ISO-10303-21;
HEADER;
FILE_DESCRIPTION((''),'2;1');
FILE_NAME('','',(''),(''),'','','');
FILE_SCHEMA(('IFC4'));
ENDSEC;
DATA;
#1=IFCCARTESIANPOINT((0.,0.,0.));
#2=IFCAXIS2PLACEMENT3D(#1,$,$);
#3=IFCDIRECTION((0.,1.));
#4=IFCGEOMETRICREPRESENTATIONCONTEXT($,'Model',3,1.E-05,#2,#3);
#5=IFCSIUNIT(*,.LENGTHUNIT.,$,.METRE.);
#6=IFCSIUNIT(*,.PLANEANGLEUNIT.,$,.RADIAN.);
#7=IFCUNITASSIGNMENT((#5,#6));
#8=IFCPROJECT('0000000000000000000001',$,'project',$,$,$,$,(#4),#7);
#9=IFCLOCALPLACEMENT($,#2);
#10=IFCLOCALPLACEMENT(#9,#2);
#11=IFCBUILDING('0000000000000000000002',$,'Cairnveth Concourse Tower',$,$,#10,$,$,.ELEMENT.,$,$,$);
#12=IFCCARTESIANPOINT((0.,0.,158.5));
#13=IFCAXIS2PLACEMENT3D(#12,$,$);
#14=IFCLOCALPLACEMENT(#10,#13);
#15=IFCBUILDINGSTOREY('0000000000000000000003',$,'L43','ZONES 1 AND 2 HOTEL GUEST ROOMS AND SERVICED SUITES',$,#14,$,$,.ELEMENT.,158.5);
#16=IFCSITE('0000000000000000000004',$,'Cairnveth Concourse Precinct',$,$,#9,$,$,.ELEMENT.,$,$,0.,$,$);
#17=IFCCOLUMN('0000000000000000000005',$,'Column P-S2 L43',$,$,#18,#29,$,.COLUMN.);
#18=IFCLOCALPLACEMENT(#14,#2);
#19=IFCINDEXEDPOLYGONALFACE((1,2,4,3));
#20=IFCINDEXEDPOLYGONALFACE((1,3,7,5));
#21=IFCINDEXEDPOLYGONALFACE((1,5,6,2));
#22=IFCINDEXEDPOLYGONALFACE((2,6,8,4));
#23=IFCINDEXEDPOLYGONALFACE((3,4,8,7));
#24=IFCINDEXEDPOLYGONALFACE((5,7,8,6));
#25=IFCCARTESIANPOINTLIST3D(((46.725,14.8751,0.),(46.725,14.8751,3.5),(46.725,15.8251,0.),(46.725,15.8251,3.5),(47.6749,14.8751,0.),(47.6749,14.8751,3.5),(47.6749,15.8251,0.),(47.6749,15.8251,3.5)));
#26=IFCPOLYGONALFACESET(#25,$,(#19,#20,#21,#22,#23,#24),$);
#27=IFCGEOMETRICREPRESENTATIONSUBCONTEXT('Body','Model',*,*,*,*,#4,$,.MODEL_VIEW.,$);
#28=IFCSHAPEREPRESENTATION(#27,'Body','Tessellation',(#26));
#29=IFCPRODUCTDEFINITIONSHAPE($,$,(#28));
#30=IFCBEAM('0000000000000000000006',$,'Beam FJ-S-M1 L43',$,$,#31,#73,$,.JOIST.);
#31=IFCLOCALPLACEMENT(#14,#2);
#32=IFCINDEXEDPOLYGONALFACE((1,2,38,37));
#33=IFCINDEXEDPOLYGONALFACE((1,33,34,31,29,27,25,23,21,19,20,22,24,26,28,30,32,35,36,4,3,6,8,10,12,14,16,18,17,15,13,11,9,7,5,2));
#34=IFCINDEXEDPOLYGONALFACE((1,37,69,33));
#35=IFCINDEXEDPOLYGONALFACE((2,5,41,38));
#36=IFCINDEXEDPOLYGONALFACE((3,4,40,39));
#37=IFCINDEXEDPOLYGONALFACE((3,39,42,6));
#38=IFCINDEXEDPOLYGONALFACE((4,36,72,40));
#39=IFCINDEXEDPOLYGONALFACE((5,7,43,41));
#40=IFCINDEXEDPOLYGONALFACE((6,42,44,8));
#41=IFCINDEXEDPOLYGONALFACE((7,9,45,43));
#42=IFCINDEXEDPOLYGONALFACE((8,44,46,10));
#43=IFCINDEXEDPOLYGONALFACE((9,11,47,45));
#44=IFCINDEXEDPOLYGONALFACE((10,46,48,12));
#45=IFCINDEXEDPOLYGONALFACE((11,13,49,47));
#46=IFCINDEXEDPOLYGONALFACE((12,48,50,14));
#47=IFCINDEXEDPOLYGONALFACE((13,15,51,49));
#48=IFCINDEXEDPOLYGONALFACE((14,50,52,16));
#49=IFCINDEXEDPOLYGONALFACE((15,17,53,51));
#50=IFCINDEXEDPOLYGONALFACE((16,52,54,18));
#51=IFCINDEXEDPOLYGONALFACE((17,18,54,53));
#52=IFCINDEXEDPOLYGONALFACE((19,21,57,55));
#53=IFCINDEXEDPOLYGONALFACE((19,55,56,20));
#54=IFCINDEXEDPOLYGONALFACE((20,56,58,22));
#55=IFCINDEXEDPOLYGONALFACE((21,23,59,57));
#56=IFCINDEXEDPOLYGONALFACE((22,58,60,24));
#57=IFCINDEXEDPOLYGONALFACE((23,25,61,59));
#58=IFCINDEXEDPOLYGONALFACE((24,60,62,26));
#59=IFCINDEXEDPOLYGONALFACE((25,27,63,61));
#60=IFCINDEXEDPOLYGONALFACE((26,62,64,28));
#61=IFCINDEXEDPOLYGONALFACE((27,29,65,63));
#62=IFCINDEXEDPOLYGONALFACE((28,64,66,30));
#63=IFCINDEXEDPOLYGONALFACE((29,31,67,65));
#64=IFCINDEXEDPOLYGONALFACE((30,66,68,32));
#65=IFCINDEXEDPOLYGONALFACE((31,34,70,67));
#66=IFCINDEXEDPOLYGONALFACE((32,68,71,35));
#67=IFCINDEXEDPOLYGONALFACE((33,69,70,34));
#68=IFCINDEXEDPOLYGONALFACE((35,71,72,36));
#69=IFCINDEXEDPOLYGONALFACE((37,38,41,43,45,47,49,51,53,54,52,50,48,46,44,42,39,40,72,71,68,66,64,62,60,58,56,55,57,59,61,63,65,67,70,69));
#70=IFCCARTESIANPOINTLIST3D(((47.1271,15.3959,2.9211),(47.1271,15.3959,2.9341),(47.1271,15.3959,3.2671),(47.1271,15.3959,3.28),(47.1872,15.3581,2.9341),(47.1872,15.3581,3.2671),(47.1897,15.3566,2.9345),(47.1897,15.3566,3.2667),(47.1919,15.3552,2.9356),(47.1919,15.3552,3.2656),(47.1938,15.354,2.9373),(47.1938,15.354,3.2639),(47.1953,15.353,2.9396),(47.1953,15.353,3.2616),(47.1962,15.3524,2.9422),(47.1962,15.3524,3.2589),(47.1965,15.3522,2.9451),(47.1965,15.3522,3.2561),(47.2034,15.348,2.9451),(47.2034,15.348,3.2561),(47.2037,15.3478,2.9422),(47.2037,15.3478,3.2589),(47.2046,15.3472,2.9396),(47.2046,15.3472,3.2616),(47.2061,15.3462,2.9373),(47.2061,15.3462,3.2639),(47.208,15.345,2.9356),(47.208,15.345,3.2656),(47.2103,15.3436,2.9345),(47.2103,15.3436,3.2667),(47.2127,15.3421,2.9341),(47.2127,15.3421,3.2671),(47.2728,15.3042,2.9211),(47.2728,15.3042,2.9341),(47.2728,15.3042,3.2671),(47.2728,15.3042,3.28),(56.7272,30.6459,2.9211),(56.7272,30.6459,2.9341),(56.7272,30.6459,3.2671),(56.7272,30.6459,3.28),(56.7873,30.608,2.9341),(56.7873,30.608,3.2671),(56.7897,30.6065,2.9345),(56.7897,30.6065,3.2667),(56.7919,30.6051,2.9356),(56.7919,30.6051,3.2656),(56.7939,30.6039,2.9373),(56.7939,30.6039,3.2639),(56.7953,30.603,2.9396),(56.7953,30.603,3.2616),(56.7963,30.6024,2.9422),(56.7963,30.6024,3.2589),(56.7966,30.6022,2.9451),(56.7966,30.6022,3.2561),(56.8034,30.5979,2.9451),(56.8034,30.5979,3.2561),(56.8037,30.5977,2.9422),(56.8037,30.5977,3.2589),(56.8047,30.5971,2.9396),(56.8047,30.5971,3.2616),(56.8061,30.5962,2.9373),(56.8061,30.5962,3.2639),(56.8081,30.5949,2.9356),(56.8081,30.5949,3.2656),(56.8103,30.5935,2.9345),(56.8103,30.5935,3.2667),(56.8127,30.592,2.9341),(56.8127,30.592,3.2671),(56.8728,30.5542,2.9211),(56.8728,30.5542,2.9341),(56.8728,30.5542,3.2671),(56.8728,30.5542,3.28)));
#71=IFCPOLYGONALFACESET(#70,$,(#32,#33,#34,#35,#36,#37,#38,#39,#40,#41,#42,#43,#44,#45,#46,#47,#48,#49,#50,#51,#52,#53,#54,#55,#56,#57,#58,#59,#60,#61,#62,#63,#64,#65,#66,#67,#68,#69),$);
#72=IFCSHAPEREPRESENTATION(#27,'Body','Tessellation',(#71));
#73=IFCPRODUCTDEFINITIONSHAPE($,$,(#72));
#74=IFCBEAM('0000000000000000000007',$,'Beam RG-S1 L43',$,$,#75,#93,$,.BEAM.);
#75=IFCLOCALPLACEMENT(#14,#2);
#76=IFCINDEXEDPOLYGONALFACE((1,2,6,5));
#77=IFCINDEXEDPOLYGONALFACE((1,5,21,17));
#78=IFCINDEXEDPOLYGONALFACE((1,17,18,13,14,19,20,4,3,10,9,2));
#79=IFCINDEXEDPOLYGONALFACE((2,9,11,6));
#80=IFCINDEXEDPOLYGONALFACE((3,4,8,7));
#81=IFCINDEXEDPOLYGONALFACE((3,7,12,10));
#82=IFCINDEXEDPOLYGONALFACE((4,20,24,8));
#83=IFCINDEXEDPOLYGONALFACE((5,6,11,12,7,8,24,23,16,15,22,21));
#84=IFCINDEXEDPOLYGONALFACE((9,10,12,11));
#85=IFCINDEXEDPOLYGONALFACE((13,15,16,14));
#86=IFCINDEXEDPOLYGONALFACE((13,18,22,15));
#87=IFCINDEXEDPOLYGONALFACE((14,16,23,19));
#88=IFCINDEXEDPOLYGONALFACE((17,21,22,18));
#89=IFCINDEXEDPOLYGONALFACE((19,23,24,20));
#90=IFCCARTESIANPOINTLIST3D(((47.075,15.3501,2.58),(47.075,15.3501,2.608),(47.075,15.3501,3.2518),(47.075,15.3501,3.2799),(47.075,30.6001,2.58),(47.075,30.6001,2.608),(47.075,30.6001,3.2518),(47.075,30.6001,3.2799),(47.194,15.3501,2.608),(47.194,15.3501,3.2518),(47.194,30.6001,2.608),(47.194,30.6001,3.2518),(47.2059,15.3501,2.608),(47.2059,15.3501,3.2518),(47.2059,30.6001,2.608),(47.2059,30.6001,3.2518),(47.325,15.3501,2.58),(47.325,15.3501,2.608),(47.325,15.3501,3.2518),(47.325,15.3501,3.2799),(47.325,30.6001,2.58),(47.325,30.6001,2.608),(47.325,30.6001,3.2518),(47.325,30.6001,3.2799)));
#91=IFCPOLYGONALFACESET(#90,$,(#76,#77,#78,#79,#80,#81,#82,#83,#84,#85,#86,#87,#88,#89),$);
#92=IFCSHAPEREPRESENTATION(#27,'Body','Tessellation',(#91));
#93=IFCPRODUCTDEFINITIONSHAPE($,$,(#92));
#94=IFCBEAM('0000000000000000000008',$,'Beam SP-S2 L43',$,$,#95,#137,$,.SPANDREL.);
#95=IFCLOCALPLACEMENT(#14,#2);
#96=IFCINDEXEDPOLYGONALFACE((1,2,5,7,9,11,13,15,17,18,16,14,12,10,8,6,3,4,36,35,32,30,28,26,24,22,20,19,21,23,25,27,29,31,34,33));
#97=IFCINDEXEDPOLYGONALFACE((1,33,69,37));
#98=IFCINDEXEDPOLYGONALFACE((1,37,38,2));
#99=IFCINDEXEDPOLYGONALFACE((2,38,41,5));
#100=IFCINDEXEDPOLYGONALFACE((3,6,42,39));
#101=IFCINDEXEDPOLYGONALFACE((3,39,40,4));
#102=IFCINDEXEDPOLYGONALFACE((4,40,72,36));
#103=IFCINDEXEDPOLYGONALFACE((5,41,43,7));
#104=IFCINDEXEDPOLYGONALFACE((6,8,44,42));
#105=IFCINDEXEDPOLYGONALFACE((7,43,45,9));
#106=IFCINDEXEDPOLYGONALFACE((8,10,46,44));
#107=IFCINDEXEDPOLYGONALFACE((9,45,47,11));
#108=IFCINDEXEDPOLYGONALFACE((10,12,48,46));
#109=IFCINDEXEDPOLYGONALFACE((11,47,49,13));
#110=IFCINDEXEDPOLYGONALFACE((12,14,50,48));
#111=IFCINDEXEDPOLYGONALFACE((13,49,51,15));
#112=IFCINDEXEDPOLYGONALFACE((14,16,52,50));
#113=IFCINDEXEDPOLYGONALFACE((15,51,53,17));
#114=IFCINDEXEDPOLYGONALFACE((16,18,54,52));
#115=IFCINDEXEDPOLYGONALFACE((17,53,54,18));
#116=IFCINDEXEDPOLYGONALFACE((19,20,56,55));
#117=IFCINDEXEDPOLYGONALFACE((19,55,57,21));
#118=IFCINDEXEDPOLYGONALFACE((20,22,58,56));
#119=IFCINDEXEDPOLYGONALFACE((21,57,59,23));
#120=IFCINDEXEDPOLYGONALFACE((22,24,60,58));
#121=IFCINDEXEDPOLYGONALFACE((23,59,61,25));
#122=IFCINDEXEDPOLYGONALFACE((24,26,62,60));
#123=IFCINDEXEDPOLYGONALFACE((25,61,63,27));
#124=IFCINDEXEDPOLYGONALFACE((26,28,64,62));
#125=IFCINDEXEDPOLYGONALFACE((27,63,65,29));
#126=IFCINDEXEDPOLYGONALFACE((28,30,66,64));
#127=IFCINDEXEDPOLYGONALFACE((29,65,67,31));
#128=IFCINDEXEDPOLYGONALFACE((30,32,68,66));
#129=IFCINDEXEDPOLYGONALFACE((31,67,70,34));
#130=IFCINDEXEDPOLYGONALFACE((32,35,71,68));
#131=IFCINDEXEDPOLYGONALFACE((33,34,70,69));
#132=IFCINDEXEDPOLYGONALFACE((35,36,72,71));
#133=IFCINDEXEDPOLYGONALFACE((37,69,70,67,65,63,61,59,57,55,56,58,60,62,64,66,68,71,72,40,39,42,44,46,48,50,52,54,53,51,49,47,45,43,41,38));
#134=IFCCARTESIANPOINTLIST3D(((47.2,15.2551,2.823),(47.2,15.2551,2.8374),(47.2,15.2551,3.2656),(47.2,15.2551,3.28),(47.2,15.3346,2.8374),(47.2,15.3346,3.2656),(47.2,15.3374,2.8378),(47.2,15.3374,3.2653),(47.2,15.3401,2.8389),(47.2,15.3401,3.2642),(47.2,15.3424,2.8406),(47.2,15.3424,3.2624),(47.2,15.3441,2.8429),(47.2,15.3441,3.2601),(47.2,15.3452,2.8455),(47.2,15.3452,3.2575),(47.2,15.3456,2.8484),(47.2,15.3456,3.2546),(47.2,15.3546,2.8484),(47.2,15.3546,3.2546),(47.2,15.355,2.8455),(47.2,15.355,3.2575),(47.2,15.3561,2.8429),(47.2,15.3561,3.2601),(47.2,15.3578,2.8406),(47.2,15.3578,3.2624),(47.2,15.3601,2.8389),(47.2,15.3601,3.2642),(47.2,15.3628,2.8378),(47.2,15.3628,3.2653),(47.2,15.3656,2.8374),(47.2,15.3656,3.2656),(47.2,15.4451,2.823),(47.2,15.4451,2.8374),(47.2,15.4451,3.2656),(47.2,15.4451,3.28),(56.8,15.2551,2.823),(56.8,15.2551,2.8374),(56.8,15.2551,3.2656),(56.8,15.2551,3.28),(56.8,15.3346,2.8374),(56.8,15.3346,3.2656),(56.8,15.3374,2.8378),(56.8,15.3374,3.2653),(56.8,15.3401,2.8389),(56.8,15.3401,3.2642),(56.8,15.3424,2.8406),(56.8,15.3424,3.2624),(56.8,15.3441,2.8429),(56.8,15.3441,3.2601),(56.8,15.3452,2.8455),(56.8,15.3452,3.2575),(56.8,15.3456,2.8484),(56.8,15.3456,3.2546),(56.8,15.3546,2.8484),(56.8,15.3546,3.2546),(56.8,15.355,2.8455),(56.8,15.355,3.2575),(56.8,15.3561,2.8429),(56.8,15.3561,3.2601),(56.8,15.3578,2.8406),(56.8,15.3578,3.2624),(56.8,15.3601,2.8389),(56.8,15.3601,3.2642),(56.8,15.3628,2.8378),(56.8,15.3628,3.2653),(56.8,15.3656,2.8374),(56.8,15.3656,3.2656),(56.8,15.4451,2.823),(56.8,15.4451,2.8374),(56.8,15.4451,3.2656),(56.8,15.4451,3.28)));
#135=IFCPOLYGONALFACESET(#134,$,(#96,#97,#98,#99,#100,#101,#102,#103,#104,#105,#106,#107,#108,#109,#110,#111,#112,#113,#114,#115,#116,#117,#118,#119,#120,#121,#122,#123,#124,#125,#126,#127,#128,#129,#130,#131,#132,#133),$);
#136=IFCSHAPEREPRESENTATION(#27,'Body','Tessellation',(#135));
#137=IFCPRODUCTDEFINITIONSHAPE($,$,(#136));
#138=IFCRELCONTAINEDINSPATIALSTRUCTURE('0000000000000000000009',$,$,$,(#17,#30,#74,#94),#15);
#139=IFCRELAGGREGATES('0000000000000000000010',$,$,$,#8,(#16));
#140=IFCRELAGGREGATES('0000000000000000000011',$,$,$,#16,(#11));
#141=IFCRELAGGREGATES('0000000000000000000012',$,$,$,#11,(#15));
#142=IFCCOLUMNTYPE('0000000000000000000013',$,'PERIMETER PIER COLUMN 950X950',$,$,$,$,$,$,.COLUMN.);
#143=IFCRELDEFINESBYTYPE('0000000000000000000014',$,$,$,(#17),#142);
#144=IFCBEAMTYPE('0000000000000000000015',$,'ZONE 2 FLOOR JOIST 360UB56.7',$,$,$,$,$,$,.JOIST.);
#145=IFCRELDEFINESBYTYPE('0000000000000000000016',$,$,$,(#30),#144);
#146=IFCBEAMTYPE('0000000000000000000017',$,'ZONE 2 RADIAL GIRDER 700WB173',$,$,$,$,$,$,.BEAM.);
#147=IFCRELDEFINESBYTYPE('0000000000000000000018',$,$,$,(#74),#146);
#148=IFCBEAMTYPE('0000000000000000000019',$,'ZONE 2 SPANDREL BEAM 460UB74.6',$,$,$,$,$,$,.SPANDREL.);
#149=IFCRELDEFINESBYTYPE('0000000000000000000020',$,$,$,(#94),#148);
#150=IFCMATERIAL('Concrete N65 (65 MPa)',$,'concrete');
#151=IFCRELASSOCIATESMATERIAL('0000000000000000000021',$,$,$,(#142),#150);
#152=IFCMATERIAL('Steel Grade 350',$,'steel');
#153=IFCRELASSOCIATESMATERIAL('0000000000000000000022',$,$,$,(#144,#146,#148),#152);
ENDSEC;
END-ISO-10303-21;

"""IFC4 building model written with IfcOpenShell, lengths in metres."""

from ifc_helpers import new_model, si_unit, direction, frame, origin, origin_2d, place, context, subcontext, project, spatial, rectangle, i_section, extrude, material, material_profile, profile_set, type_object, element, save


model = new_model("IFC4")

# Units and contexts
model_context = context("Model", 3, precision=1e-05, world=origin(), true_north=direction((0.0, 1.0)))
body_context = subcontext(model_context, "Body", "Model", "MODEL_VIEW")
ifc_project = project(units=[si_unit("LENGTHUNIT", "METRE"), si_unit("PLANEANGLEUNIT", "RADIAN")], contexts=[model_context])

# Site, building, storey
site_placement = place(None, origin())
site = spatial("IfcSite", under=ifc_project, at=site_placement, Name="Cairnveth Concourse Precinct", CompositionType="ELEMENT", RefElevation=0.0)
building_placement = place(site_placement, origin())
building = spatial("IfcBuilding", under=site, at=building_placement, Name="Cairnveth Concourse Tower", CompositionType="ELEMENT")
storey_placement = place(building_placement, frame((0.0, 0.0, 158.5)))
storey = spatial("IfcBuildingStorey", under=building, at=storey_placement, Name="L43", Description="ZONES 1 AND 2 HOTEL GUEST ROOMS AND SERVICED SUITES", CompositionType="ELEMENT", Elevation=158.5)

# Column
ifc_material_1 = material(Name="Concrete N65 (65 MPa)", Category="concrete")
ifc_material_profile_1 = material_profile(ifc_material_1, rectangle(XDim=0.95, YDim=0.95, at=origin_2d()), Name="RC-COL-950x950")
ifc_profile_set_1 = profile_set([ifc_material_profile_1], Name="Concrete N65 (65 MPa)")
column_type = type_object("IfcColumnType", Name="PERIMETER PIER COLUMN 950X950", PredefinedType="COLUMN", material=ifc_profile_set_1)
column_placement = place(storey_placement, frame((47.2, 15.3501, 0.0), z_axis=(0.0, 0.0, 1.0), x_axis=(1.0, 0.0, 0.0)))
element("IfcColumn", 1, at=column_placement, inside=storey, type_object=column_type, Name="Column P-S2 L43", PredefinedType="COLUMN", context=body_context, shape_type="SweptSolid", body=[
    extrude(rectangle(XDim=0.95, YDim=0.95, at=origin_2d()), origin(), (0.0, 0.0, 1.0), 3.5),
])

# Beams
ifc_material_2 = material(Name="Steel Grade 350", Category="steel")
ifc_material_profile_2 = material_profile(ifc_material_2, i_section(OverallWidth=0.1721, OverallDepth=0.3589, WebThickness=0.0081, FlangeThickness=0.0129, FilletRadius=0.011, at=origin_2d()), Name="360UB56.7")
ifc_profile_set_2 = profile_set([ifc_material_profile_2], Name="Steel Grade 350")
beam_type_1 = type_object("IfcBeamType", Name="ZONE 2 FLOOR JOIST 360UB56.7", PredefinedType="JOIST", material=ifc_profile_set_2)
beam_1_placement = place(storey_placement, frame((47.2, 15.3501, 3.1006), z_axis=(0.532744, 0.846277, 0.0), x_axis=(-0.846277, 0.532744, 0.0)))
element("IfcBeam", 2, at=beam_1_placement, inside=storey, type_object=beam_type_1, Name="Beam FJ-S-M1 L43", PredefinedType="JOIST", context=body_context, shape_type="SweptSolid", body=[
    extrude(i_section(OverallWidth=0.1721, OverallDepth=0.3589, WebThickness=0.0081, FlangeThickness=0.0129, FilletRadius=0.011, at=origin_2d()), origin(), (0.0, 0.0, 1.0), 18.02),
])
ifc_material_profile_3 = material_profile(ifc_material_2, i_section(OverallWidth=0.25, OverallDepth=0.7, WebThickness=0.012, FlangeThickness=0.0281, at=origin_2d()), Name="700WB173")
ifc_profile_set_3 = profile_set([ifc_material_profile_3], Name="Steel Grade 350")
beam_type_2 = type_object("IfcBeamType", Name="ZONE 2 RADIAL GIRDER 700WB173", PredefinedType="BEAM", material=ifc_profile_set_3)
beam_2_placement = place(storey_placement, frame((47.2, 15.3501, 2.9299), z_axis=(0.0, 1.0, 0.0), x_axis=(-1.0, 0.0, 0.0)))
element("IfcBeam", 3, at=beam_2_placement, inside=storey, type_object=beam_type_2, Name="Beam RG-S1 L43", PredefinedType="BEAM", context=body_context, shape_type="SweptSolid", body=[
    extrude(i_section(OverallWidth=0.25, OverallDepth=0.7, WebThickness=0.012, FlangeThickness=0.0281, at=origin_2d()), origin(), (0.0, 0.0, 1.0), 15.25),
])
ifc_material_profile_4 = material_profile(ifc_material_2, i_section(OverallWidth=0.1899, OverallDepth=0.457, WebThickness=0.009, FlangeThickness=0.0144, FilletRadius=0.011, at=origin_2d()), Name="460UB74.6")
ifc_profile_set_4 = profile_set([ifc_material_profile_4], Name="Steel Grade 350")
beam_type_3 = type_object("IfcBeamType", Name="ZONE 2 SPANDREL BEAM 460UB74.6", PredefinedType="SPANDREL", material=ifc_profile_set_4)
beam_3_placement = place(storey_placement, frame((47.2, 15.3501, 3.0515), z_axis=(1.0, 0.0, 0.0), x_axis=(0.0, 1.0, 0.0)))
element("IfcBeam", 4, at=beam_3_placement, inside=storey, type_object=beam_type_3, Name="Beam SP-S2 L43", PredefinedType="SPANDREL", context=body_context, shape_type="SweptSolid", body=[
    extrude(i_section(OverallWidth=0.1899, OverallDepth=0.457, WebThickness=0.009, FlangeThickness=0.0144, FilletRadius=0.011, at=origin_2d()), origin(), (0.0, 0.0, 1.0), 9.6001),
])

save(model, "model.ifc")
